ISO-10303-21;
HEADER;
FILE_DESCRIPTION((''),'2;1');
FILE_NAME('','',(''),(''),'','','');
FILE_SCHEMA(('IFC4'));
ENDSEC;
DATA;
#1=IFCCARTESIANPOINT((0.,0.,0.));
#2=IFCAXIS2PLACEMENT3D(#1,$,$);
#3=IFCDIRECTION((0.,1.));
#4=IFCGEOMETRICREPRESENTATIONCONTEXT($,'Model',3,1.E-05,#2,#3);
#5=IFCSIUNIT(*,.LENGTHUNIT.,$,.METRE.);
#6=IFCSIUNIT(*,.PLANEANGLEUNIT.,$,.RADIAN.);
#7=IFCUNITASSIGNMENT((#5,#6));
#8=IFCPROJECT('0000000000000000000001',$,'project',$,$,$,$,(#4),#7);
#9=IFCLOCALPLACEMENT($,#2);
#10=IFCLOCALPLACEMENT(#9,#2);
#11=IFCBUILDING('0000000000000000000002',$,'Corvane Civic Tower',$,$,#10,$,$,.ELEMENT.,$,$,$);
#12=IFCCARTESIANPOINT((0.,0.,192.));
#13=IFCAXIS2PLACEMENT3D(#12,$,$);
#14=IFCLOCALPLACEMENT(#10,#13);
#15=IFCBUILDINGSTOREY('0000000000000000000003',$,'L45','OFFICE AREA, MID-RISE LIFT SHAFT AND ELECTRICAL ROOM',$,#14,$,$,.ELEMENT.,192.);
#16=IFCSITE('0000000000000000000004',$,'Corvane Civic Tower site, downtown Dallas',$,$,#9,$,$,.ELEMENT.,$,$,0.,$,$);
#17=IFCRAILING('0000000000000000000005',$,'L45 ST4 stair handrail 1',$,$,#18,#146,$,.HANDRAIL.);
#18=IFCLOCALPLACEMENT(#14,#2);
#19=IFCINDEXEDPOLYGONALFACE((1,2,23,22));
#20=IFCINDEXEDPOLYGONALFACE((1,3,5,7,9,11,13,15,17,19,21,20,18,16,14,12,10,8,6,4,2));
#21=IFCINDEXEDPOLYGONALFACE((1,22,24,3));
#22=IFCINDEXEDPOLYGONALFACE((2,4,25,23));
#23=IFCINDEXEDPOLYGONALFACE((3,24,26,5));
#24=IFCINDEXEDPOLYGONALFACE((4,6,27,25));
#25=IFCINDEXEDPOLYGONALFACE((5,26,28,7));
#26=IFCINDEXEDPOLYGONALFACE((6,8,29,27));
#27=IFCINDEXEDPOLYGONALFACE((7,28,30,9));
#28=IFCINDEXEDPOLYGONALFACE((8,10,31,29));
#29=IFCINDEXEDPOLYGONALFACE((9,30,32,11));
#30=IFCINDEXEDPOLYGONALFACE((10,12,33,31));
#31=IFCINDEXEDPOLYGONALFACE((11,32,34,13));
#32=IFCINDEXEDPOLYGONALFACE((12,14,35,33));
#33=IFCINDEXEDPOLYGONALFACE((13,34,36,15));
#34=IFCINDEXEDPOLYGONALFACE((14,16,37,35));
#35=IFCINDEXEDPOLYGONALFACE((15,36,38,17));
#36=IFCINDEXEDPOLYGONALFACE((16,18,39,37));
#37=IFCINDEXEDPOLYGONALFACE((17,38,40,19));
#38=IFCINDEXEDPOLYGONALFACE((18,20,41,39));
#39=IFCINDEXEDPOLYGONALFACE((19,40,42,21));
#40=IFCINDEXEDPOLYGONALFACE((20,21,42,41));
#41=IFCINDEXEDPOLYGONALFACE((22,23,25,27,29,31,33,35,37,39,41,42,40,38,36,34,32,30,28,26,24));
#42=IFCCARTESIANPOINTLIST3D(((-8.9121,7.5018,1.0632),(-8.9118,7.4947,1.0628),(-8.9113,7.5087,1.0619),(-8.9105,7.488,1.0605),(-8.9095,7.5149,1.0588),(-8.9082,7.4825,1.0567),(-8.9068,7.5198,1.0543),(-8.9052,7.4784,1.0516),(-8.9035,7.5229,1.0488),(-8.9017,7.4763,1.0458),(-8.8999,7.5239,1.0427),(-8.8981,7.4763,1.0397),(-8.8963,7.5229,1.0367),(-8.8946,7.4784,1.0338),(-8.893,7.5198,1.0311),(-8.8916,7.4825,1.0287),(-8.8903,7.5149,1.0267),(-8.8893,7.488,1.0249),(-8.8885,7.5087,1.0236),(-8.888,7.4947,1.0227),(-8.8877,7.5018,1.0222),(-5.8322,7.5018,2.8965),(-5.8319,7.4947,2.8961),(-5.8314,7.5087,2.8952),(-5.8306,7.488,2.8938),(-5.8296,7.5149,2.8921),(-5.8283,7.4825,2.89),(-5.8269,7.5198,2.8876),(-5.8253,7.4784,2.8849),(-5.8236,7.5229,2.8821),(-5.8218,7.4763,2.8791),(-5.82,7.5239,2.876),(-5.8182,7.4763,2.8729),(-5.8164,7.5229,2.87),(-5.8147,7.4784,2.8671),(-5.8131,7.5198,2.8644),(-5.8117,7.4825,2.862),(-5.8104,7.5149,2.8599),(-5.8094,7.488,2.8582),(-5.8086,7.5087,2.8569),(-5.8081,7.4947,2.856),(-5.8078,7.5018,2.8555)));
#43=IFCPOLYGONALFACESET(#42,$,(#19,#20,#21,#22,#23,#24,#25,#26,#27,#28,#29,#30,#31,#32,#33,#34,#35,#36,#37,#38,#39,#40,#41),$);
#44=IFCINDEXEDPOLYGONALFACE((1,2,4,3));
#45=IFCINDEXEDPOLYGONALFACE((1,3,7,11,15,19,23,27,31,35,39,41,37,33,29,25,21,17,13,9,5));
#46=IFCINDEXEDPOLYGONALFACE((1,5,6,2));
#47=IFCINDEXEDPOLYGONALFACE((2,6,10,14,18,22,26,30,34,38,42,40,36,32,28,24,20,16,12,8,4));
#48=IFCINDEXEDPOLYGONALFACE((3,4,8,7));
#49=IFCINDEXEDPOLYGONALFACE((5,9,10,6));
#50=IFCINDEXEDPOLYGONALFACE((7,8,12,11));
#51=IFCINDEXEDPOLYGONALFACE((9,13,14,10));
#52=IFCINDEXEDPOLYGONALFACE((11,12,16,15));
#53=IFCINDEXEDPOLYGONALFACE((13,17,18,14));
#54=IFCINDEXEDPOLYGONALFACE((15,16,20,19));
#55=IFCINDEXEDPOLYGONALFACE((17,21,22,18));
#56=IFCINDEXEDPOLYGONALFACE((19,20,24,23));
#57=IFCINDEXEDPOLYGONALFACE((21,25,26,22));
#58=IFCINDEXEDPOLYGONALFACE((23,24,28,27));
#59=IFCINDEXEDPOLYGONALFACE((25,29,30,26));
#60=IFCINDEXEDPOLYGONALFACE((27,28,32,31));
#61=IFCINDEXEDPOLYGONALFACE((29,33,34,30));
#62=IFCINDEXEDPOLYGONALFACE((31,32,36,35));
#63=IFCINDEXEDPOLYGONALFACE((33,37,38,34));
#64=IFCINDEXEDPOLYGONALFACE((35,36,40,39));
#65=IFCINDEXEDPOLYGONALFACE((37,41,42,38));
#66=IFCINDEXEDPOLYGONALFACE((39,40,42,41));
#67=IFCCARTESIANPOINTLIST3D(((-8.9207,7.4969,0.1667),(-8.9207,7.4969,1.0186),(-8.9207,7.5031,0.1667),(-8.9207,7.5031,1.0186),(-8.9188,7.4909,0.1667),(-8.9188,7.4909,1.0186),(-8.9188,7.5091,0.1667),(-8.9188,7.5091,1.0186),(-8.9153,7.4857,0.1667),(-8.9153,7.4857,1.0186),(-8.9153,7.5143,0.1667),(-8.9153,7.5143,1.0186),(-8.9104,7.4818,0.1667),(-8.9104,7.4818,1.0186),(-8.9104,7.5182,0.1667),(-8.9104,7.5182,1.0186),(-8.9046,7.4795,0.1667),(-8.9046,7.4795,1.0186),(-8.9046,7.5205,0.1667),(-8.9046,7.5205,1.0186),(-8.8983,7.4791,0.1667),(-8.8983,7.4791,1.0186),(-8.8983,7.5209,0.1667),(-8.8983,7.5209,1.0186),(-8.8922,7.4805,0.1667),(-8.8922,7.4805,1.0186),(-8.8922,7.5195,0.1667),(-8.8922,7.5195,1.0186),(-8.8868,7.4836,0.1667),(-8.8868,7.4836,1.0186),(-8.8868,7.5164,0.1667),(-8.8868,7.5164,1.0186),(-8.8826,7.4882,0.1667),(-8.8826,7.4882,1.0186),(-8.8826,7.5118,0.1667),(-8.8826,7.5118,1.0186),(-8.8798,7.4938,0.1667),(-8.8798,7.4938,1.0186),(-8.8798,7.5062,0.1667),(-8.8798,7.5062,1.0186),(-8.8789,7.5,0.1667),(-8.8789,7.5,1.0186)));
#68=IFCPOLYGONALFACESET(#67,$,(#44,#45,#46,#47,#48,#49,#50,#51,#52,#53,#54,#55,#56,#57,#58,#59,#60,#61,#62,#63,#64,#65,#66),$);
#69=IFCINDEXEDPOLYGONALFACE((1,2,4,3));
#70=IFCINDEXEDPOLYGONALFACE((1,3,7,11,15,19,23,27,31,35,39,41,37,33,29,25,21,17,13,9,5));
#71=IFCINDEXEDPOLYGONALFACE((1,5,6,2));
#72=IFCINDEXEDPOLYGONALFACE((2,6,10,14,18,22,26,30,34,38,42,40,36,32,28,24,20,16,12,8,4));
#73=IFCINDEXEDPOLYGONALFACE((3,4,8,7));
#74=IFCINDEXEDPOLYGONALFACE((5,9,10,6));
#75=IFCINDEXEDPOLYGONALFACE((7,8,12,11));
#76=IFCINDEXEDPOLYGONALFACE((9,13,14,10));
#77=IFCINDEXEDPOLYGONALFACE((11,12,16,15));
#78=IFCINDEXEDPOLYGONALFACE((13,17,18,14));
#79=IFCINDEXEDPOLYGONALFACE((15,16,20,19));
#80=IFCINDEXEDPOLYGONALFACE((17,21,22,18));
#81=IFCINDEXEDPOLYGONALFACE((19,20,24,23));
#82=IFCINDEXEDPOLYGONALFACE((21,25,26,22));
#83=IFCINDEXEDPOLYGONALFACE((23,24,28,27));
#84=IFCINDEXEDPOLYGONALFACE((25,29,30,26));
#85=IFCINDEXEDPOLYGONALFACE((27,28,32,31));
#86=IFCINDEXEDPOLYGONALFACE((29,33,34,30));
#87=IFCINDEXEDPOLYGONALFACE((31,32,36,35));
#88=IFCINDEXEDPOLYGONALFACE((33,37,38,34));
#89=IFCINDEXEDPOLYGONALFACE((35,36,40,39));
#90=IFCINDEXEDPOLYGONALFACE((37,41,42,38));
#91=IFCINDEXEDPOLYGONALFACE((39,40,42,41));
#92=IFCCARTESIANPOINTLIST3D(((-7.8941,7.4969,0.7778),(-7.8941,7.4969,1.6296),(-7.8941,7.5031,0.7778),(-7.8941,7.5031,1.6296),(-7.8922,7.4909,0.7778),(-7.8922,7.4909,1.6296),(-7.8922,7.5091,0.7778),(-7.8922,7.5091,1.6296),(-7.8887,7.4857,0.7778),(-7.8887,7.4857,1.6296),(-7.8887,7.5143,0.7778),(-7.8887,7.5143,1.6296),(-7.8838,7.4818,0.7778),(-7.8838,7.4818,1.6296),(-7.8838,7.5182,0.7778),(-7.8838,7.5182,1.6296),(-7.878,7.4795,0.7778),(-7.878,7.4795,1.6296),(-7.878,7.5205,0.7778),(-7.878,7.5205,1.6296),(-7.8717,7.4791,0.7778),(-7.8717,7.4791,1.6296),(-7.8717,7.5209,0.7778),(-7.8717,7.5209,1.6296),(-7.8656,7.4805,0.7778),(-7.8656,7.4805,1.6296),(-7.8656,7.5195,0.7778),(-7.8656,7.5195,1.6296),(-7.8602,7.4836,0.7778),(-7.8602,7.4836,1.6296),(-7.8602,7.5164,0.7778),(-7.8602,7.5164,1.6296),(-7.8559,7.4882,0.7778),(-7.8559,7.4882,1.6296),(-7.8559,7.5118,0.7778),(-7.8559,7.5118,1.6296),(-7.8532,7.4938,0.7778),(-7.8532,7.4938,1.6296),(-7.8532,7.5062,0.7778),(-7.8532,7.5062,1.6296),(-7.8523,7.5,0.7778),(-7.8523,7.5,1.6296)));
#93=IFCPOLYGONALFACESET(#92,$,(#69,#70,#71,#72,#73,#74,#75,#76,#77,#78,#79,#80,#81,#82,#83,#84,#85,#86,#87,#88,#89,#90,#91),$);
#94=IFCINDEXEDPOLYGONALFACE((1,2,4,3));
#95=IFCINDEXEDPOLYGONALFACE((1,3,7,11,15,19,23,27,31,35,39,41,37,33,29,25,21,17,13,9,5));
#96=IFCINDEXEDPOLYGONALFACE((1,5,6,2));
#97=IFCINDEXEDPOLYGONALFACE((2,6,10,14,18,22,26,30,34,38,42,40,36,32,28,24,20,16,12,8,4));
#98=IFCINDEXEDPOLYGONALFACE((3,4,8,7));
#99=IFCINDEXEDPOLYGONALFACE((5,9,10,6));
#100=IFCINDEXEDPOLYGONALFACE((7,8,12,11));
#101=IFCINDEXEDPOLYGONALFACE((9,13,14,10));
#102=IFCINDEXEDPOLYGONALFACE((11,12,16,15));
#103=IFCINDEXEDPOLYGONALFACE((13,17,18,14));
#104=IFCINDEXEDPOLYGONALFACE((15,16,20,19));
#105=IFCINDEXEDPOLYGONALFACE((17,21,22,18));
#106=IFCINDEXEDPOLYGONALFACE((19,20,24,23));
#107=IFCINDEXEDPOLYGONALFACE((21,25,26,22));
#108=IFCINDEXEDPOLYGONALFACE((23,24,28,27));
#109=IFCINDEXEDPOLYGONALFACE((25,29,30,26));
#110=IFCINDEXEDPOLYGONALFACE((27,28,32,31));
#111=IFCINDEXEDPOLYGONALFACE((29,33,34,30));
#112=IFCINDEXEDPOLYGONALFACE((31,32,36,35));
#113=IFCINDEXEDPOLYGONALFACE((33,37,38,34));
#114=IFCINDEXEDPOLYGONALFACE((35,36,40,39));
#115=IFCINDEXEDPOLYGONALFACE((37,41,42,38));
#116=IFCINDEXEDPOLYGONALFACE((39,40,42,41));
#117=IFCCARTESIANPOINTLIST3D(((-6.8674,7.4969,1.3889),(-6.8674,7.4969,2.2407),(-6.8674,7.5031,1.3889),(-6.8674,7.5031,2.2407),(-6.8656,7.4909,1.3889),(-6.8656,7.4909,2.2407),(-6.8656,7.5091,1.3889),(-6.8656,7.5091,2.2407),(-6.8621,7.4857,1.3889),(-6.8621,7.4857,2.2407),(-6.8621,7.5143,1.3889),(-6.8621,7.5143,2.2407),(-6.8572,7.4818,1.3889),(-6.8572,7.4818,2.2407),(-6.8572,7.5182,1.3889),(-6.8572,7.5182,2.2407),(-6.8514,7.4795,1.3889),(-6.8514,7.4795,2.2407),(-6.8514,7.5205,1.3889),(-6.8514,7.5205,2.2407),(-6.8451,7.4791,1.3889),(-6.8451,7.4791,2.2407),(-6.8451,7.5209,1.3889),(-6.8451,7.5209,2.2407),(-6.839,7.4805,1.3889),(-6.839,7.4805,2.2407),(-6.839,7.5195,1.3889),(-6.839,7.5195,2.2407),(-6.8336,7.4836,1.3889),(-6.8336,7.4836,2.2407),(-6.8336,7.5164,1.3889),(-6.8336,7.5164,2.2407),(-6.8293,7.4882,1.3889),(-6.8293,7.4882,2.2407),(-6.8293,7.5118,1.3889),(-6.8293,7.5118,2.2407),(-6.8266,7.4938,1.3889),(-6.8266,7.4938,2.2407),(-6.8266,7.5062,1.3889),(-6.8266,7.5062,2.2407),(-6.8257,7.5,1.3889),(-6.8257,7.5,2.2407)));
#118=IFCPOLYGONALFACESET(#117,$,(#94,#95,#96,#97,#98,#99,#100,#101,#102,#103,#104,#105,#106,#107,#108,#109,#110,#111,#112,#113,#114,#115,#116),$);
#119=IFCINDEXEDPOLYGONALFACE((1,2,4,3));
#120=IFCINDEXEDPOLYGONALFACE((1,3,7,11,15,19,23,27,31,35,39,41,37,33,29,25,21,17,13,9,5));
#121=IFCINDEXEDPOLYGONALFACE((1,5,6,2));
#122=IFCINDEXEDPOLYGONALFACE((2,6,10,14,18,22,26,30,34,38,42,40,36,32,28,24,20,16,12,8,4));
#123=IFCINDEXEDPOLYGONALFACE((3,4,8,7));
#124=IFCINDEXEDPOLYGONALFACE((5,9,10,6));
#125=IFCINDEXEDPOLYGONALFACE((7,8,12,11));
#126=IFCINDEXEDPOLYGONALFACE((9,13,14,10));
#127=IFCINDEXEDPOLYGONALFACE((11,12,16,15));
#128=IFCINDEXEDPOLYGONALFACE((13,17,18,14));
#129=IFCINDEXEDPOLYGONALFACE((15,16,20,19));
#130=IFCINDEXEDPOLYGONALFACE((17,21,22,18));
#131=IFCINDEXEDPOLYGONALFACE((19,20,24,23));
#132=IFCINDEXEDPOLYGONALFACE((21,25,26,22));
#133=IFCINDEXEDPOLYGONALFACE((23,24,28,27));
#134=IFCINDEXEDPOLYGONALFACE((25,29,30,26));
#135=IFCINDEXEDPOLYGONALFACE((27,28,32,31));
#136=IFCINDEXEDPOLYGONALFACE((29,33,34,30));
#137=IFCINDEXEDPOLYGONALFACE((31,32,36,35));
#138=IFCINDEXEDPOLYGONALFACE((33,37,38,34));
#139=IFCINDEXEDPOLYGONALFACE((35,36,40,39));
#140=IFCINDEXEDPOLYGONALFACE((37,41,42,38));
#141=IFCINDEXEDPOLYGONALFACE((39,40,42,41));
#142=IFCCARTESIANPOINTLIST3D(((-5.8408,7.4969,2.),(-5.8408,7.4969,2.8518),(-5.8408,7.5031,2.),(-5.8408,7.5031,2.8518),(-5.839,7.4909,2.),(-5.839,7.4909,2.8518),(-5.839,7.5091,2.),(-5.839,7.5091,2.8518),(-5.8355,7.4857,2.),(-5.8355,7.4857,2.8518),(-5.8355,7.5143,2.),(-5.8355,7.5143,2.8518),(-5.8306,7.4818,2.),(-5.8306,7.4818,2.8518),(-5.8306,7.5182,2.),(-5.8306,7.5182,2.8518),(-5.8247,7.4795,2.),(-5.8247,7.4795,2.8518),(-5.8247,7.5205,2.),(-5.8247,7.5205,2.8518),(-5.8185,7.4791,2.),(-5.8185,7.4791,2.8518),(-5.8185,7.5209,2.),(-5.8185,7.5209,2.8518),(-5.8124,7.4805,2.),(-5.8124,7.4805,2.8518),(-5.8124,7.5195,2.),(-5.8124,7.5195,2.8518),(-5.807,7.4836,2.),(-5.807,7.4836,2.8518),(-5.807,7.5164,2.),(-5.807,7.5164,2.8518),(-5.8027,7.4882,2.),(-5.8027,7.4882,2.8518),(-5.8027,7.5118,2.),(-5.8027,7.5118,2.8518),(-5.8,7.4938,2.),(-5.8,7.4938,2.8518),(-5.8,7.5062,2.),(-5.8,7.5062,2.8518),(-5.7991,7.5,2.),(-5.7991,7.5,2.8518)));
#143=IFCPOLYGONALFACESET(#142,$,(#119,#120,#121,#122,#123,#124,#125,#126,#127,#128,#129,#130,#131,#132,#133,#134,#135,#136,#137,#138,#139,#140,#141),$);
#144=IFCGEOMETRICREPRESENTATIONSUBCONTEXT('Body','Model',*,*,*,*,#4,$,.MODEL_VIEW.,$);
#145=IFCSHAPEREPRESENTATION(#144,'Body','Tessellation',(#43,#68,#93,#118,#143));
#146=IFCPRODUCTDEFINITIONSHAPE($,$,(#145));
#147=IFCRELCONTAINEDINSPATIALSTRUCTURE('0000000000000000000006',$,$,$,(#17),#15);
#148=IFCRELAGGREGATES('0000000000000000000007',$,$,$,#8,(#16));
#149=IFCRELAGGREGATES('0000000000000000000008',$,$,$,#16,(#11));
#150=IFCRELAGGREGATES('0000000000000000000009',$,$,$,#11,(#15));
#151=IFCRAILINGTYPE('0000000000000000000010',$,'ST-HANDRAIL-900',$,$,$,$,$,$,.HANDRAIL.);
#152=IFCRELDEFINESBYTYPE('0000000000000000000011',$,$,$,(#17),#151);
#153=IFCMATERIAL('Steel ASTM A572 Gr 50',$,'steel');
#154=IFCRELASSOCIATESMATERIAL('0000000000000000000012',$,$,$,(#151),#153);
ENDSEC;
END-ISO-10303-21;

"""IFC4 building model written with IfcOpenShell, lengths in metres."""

from ifc_helpers import new_model, si_unit, direction, frame, origin, origin_2d, place, context, subcontext, project, spatial, circle, extrude, material, type_object, element, save


model = new_model("IFC4")

# Units and contexts
model_context = context("Model", 3, precision=1e-05, world=origin(), true_north=direction((0.0, 1.0)))
body_context = subcontext(model_context, "Body", "Model", "MODEL_VIEW")
ifc_project = project(units=[si_unit("LENGTHUNIT", "METRE"), si_unit("PLANEANGLEUNIT", "RADIAN")], contexts=[model_context])

# Site, building, storey
site_placement = place(None, origin())
site = spatial("IfcSite", under=ifc_project, at=site_placement, Name="Corvane Civic Tower site, downtown Dallas", CompositionType="ELEMENT", RefElevation=0.0)
building_placement = place(site_placement, origin())
building = spatial("IfcBuilding", under=site, at=building_placement, Name="Corvane Civic Tower", CompositionType="ELEMENT")
storey_placement = place(building_placement, frame((0.0, 0.0, 192.0)))
storey = spatial("IfcBuildingStorey", under=building, at=storey_placement, Name="L45", Description="OFFICE AREA, MID-RISE LIFT SHAFT AND ELECTRICAL ROOM", CompositionType="ELEMENT", Elevation=192.0)

# Railing
ifc_material_1 = material(Name="Steel ASTM A572 Gr 50", Category="steel")
railing_type_1 = type_object("IfcRailingType", Name="ST-HANDRAIL-900", PredefinedType="HANDRAIL", material=ifc_material_1)
railing_1_placement = place(storey_placement, frame((-8.8999, 7.5, 0.1667)))
element("IfcRailing", 1, at=railing_1_placement, inside=storey, type_object=railing_type_1, Name="L45 ST4 stair handrail 1", PredefinedType="HANDRAIL", context=body_context, shape_type="SweptSolid", body=[
    extrude(circle(Radius=0.0239, at=origin_2d()), frame((0.0, 0.0, 0.876), z_axis=(0.859291, 0.0, 0.511487), x_axis=(0.0, 1.0, 0.0)), (0.0, 0.0, 1.0), 3.5842),
    extrude(circle(Radius=0.021, at=origin_2d()), origin(), (0.0, 0.0, 1.0), 0.8518),
    extrude(circle(Radius=0.021, at=origin_2d()), frame((1.0266, 0.0, 0.6111)), (0.0, 0.0, 1.0), 0.8518),
    extrude(circle(Radius=0.021, at=origin_2d()), frame((2.0532, 0.0, 1.2222)), (0.0, 0.0, 1.0), 0.8518),
    extrude(circle(Radius=0.021, at=origin_2d()), frame((3.0798, 0.0, 1.8333)), (0.0, 0.0, 1.0), 0.8518),
])

save(model, "model.ifc")
